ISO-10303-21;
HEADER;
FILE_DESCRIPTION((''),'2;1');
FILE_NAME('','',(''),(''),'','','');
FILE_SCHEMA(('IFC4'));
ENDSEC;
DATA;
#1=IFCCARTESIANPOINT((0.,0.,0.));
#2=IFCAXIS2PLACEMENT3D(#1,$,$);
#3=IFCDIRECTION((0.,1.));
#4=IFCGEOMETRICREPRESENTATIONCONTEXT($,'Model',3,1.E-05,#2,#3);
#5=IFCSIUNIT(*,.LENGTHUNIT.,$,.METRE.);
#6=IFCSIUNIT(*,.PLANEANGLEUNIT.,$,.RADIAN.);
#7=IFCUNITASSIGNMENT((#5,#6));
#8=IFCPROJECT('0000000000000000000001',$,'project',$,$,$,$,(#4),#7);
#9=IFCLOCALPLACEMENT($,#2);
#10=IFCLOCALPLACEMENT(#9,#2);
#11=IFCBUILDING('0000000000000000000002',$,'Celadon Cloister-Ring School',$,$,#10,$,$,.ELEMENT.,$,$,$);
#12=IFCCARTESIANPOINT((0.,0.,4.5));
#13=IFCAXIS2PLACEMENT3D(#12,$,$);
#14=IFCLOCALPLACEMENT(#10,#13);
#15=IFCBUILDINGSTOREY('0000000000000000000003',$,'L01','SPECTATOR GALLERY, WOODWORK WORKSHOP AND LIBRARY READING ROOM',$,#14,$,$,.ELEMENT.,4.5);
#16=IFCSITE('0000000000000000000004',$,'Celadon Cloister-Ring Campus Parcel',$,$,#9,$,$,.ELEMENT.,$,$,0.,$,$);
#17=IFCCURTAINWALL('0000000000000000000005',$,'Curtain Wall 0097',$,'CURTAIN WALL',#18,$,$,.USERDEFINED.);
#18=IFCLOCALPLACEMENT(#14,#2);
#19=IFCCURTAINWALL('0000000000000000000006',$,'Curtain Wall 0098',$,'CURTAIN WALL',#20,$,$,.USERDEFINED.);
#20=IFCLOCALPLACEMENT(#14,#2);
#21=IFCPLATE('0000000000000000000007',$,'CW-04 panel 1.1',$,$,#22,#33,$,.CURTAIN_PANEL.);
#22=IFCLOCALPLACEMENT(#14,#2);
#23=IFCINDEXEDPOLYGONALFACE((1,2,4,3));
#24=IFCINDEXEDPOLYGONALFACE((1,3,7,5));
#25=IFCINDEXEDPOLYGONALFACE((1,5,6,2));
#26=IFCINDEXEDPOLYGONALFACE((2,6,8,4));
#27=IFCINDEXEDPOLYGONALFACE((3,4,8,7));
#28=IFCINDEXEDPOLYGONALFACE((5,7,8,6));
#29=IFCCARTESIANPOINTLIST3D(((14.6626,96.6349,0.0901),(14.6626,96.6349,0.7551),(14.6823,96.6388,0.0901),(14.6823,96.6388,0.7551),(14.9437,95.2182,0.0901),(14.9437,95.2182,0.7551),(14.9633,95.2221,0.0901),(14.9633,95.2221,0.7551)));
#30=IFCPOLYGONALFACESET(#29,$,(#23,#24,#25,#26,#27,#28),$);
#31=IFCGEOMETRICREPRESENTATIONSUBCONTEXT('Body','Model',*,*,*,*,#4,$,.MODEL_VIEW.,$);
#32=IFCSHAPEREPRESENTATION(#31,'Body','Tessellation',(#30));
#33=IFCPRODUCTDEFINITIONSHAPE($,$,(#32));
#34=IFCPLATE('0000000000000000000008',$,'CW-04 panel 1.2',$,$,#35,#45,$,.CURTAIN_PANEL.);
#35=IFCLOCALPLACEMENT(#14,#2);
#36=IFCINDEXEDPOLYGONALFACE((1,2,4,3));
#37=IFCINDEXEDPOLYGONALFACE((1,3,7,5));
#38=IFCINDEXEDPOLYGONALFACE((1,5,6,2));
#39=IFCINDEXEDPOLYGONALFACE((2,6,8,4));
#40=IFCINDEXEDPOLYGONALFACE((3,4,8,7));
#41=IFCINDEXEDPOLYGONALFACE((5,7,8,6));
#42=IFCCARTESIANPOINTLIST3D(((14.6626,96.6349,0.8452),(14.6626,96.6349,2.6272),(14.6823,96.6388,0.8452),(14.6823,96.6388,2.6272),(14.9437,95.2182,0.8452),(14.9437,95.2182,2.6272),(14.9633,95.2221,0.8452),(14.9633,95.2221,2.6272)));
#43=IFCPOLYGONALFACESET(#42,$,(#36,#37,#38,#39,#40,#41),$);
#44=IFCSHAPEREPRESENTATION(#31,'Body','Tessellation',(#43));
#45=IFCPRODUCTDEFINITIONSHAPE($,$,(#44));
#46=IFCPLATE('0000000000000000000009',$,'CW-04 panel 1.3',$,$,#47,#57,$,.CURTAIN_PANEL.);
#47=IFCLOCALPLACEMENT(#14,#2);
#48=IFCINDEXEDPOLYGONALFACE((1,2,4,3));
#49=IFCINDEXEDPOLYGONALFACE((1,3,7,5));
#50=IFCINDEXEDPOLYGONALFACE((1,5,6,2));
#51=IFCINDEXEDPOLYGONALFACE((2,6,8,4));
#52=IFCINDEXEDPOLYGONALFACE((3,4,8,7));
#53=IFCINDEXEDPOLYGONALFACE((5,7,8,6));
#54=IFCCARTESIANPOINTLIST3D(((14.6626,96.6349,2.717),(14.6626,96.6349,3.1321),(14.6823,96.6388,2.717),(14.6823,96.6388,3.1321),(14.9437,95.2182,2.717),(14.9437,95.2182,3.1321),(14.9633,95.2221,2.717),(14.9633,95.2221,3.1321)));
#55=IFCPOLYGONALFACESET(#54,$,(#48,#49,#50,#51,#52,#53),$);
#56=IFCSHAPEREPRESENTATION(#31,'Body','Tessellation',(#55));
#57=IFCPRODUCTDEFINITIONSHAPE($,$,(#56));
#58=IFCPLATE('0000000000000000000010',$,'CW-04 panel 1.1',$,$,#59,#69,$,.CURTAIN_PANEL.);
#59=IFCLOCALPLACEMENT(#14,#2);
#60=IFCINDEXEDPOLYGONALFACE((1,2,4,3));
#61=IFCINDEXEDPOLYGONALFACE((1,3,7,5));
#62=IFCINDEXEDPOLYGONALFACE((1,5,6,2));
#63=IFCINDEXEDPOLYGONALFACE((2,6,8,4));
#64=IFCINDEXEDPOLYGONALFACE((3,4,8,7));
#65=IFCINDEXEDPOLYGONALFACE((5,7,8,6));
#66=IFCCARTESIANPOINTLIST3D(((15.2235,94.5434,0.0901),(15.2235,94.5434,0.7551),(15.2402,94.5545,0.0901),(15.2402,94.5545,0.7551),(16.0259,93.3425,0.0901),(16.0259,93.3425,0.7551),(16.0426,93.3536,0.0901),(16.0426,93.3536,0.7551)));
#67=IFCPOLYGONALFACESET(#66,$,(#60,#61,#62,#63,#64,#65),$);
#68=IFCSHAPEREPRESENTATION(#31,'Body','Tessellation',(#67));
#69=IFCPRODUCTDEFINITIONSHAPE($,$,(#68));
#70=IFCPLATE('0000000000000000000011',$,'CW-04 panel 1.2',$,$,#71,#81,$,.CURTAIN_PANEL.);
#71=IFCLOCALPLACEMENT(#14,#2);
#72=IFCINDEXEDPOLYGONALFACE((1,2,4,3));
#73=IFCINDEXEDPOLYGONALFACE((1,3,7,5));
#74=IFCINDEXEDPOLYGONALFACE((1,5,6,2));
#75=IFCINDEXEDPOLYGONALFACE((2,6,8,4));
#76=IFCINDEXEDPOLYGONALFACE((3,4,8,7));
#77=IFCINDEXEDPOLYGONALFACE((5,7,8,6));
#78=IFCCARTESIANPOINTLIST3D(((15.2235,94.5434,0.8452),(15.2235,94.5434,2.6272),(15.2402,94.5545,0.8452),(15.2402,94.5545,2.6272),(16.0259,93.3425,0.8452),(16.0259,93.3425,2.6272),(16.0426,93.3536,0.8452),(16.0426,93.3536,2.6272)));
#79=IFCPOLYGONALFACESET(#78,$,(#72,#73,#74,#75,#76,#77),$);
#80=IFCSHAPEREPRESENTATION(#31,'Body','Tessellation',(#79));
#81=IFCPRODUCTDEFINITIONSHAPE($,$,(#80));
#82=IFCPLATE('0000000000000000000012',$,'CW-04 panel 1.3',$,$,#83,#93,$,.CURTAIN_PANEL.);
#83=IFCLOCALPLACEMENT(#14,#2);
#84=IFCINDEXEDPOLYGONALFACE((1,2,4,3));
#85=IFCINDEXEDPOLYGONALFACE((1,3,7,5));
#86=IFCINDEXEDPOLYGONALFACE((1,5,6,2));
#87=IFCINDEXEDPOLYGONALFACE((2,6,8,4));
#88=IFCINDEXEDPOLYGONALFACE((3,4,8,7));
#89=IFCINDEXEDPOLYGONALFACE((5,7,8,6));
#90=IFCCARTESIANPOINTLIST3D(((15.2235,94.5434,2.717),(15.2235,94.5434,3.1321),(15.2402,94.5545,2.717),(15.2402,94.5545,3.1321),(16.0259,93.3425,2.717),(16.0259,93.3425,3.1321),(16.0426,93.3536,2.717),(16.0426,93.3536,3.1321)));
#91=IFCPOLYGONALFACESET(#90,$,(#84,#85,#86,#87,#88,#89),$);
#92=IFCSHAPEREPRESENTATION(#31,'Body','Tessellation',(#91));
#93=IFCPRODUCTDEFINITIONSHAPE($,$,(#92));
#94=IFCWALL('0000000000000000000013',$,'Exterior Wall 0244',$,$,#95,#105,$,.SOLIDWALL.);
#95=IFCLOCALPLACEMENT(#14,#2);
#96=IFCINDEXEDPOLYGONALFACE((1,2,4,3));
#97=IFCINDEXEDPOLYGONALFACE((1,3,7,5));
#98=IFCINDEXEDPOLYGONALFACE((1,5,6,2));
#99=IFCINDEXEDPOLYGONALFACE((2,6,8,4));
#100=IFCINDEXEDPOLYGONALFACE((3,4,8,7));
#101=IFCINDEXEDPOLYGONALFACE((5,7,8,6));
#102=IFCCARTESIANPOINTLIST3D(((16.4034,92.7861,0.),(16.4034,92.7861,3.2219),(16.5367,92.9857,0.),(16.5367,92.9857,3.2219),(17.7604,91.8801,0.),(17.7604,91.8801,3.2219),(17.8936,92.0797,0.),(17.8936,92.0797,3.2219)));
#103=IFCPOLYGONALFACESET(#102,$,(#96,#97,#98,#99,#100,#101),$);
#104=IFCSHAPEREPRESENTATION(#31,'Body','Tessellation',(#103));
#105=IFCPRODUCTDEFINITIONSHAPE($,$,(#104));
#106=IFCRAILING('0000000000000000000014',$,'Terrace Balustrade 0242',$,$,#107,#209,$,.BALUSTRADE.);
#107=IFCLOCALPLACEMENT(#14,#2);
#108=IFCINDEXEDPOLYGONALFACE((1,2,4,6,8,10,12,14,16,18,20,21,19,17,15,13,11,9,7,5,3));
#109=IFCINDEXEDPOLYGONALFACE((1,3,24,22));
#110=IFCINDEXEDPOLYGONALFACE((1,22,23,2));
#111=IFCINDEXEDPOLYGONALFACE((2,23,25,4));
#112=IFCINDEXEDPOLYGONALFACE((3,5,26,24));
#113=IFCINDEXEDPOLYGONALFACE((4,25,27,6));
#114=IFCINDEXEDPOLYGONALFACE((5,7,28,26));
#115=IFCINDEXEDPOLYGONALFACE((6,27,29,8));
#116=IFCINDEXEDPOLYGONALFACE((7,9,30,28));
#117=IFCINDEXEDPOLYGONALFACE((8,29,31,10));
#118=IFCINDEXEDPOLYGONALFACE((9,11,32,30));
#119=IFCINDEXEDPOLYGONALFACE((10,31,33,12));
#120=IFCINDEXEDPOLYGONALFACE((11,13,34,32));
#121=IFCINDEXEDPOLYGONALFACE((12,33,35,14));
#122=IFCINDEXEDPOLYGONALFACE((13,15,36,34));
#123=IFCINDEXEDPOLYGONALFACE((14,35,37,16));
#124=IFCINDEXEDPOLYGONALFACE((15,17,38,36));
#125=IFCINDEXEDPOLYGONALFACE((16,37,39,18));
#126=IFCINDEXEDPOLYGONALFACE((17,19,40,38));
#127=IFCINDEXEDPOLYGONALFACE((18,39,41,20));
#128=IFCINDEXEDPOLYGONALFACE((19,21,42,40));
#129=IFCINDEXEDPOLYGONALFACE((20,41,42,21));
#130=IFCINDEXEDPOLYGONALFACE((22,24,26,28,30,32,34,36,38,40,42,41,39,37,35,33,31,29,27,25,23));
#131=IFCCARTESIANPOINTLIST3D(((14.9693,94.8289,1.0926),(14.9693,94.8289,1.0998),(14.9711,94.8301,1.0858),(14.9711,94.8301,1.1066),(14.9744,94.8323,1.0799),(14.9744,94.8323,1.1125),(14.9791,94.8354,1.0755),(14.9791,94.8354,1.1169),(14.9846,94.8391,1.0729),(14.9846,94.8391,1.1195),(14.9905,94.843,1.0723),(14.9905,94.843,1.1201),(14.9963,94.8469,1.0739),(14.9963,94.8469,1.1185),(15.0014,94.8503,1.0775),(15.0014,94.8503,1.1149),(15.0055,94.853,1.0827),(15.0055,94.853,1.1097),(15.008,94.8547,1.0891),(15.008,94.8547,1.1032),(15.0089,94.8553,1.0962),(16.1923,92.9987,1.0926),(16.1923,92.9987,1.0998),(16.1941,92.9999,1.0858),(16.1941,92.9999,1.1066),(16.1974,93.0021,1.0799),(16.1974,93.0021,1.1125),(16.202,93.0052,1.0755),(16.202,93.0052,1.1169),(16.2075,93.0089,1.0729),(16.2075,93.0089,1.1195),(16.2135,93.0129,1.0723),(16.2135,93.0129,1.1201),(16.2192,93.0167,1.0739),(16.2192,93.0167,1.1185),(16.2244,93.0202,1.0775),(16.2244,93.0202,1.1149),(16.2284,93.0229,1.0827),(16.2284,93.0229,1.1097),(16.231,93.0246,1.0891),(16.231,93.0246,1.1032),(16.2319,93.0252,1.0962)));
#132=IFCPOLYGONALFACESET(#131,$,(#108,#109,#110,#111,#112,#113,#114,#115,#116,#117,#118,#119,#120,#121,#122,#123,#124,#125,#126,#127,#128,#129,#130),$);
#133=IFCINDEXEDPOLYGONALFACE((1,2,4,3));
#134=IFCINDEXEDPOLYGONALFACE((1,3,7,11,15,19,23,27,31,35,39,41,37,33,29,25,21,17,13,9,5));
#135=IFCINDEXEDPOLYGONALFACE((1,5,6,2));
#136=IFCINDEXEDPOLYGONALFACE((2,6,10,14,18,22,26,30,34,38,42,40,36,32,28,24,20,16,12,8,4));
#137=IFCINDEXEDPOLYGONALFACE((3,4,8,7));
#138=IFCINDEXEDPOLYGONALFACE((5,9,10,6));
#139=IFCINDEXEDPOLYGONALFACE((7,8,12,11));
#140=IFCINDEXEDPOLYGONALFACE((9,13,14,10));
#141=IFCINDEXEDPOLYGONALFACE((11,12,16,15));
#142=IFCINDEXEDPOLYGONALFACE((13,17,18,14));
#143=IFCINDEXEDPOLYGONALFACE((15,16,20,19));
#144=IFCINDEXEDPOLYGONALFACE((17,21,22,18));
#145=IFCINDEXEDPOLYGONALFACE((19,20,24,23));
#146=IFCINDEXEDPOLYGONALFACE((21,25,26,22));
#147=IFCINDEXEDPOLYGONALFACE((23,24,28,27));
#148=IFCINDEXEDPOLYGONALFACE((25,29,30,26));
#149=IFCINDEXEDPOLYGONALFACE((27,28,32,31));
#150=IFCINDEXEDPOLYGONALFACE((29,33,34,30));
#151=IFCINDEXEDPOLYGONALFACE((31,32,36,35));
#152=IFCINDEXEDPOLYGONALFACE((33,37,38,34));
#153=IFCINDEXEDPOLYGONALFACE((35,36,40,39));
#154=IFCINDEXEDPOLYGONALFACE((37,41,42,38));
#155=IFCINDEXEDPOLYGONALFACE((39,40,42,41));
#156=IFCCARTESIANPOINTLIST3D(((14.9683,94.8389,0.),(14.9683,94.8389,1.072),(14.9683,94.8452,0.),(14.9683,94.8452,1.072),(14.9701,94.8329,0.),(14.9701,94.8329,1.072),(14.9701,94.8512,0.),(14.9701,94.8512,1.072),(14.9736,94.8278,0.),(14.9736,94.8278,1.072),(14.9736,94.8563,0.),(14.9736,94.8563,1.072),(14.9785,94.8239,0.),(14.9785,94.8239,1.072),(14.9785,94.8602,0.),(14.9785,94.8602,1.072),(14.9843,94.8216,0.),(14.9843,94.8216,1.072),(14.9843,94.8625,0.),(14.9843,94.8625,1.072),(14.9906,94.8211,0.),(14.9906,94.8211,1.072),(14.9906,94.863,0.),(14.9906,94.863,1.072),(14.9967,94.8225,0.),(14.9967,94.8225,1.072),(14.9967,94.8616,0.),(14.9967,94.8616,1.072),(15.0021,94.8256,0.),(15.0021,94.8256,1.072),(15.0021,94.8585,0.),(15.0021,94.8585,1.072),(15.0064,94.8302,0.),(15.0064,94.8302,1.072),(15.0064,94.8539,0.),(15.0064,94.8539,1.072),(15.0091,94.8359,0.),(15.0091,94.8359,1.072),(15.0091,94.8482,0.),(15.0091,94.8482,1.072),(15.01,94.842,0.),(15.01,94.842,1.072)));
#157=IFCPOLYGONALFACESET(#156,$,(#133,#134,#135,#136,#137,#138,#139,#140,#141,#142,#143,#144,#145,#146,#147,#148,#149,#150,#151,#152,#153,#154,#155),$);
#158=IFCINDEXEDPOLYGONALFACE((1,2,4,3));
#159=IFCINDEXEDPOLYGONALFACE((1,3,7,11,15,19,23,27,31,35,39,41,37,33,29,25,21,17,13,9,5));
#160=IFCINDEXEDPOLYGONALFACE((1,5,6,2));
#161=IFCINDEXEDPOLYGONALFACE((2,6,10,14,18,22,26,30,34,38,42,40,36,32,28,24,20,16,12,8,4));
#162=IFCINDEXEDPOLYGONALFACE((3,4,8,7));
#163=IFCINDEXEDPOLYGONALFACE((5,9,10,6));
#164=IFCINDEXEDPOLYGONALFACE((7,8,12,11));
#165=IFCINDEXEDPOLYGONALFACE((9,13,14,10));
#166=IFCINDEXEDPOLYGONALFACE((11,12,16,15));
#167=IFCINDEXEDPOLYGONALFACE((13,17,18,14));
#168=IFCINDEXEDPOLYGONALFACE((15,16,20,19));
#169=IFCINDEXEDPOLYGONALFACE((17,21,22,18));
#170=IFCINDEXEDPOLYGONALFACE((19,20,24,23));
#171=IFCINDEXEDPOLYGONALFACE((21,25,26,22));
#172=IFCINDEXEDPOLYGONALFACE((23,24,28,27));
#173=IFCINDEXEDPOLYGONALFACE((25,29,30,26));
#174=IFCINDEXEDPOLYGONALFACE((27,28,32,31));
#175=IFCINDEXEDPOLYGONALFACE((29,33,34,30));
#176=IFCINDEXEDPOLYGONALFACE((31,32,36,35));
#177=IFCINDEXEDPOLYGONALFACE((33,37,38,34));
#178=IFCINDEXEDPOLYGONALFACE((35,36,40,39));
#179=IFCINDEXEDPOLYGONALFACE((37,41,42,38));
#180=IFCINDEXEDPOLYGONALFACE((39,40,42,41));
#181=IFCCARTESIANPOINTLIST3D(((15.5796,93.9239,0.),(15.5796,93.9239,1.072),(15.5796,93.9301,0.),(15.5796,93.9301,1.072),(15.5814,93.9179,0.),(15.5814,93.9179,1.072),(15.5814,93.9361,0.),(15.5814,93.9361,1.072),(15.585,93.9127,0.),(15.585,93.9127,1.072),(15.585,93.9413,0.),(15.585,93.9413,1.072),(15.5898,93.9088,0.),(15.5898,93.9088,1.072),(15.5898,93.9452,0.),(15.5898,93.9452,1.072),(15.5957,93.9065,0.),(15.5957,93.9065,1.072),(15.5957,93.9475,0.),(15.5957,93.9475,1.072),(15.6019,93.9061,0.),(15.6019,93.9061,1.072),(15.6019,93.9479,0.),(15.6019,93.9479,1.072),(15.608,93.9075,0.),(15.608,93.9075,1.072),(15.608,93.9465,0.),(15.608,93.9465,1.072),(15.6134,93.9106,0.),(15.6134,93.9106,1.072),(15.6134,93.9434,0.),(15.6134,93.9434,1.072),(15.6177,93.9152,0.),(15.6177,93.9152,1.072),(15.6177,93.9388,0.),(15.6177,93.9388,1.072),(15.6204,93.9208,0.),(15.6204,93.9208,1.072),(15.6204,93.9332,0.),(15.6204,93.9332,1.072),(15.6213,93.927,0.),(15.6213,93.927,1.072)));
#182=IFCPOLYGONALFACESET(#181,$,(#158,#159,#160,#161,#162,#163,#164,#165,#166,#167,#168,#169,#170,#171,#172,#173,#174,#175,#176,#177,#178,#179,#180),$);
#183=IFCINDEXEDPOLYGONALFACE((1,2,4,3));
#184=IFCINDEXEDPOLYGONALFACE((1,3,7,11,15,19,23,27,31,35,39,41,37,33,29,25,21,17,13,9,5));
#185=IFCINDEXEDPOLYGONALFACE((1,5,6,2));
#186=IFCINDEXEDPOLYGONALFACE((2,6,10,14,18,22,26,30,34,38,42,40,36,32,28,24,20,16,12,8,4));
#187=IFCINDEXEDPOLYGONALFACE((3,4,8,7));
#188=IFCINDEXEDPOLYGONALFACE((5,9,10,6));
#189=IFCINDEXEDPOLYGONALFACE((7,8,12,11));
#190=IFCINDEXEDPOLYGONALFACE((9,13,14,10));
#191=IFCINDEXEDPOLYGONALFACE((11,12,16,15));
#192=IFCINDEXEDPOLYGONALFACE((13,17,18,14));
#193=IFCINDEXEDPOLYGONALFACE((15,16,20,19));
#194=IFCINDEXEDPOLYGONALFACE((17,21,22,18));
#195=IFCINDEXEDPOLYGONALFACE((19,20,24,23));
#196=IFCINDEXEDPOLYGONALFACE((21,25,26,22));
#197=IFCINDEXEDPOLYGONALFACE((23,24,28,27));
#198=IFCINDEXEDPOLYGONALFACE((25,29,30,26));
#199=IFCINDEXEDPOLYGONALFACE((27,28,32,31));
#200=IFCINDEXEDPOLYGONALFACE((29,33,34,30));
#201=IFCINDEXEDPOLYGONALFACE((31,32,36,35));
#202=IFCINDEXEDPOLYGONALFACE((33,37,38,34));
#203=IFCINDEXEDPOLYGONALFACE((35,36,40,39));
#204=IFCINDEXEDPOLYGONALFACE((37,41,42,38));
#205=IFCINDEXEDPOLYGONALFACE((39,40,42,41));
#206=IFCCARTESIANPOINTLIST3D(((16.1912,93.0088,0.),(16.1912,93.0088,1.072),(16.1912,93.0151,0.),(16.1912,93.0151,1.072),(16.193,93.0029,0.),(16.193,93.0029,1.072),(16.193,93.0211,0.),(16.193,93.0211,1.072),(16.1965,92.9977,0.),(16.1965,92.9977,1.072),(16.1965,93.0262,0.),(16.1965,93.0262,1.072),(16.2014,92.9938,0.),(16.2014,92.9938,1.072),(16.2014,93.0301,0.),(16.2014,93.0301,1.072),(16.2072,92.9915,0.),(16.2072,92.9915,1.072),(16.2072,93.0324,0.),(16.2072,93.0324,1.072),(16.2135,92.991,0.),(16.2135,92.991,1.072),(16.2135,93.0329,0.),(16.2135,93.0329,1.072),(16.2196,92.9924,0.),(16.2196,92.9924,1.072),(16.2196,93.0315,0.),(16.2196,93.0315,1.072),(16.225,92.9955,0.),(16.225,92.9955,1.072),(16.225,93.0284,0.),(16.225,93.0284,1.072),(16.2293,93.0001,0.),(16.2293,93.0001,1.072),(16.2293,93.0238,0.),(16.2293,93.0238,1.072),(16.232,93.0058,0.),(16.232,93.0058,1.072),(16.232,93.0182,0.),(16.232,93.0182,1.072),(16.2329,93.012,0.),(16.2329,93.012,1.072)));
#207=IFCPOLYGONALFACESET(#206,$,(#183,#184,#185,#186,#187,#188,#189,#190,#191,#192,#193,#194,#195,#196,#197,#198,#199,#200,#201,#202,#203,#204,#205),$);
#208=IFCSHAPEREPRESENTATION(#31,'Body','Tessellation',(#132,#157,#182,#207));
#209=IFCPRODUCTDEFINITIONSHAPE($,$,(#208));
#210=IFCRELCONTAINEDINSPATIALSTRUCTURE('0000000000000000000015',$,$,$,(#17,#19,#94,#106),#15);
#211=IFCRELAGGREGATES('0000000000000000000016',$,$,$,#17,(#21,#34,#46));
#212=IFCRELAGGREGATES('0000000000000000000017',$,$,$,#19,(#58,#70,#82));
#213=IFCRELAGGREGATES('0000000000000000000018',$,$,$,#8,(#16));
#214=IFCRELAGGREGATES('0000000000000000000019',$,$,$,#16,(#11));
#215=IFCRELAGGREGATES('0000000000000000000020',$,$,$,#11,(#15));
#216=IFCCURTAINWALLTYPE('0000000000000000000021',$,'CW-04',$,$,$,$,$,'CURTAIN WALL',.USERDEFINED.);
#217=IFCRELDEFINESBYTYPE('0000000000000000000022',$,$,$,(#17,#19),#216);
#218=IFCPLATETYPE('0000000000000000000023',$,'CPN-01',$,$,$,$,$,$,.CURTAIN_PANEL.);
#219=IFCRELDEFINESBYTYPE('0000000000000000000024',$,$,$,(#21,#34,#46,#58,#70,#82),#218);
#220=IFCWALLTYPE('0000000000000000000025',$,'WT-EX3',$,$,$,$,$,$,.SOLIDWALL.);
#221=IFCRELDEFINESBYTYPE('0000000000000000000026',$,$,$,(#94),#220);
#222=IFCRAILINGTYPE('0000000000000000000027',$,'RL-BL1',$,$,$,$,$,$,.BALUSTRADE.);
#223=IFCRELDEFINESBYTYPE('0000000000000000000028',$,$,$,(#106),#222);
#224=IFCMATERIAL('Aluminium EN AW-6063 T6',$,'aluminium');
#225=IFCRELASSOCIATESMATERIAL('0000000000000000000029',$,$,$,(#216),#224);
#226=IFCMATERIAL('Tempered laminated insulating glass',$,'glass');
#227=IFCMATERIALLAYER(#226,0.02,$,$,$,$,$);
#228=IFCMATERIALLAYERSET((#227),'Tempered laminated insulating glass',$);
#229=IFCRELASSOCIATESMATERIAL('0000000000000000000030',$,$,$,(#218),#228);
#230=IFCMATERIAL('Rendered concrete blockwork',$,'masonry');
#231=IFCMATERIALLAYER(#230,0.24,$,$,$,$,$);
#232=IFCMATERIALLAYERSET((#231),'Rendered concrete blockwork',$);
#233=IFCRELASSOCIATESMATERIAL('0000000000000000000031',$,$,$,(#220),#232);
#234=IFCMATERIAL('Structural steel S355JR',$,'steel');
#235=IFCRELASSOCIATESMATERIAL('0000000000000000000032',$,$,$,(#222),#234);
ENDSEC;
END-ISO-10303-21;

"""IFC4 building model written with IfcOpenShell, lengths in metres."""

from ifc_helpers import new_model, si_unit, direction, frame, frame_2d, origin, origin_2d, place, context, subcontext, project, spatial, rectangle, circle, extrude, material, layer, layer_set, type_object, element, aggregate, save


model = new_model("IFC4")

# Units and contexts
model_context = context("Model", 3, precision=1e-05, world=origin(), true_north=direction((0.0, 1.0)))
body_context = subcontext(model_context, "Body", "Model", "MODEL_VIEW")
ifc_project = project(units=[si_unit("LENGTHUNIT", "METRE"), si_unit("PLANEANGLEUNIT", "RADIAN")], contexts=[model_context])

# Site, building, storey
site_placement = place(None, origin())
site = spatial("IfcSite", under=ifc_project, at=site_placement, Name="Celadon Cloister-Ring Campus Parcel", CompositionType="ELEMENT", RefElevation=0.0)
building_placement = place(site_placement, origin())
building = spatial("IfcBuilding", under=site, at=building_placement, Name="Celadon Cloister-Ring School", CompositionType="ELEMENT")
storey_placement = place(building_placement, frame((0.0, 0.0, 4.5)))
storey = spatial("IfcBuildingStorey", under=building, at=storey_placement, Name="L01", Description="SPECTATOR GALLERY, WOODWORK WORKSHOP AND LIBRARY READING ROOM", CompositionType="ELEMENT", Elevation=4.5)

# Curtain wall
ifc_material_1 = material(Name="Aluminium EN AW-6063 T6", Category="aluminium")
curtain_wall_type = type_object("IfcCurtainWallType", Name="CW-04", ElementType="CURTAIN WALL", PredefinedType="USERDEFINED", material=ifc_material_1)
curtain_wall_1_placement = place(storey_placement, origin())
curtain_wall_1 = element("IfcCurtainWall", 1, at=curtain_wall_1_placement, inside=storey, type_object=curtain_wall_type, Name="Curtain Wall 0097", ObjectType="CURTAIN WALL", PredefinedType="USERDEFINED")

# Curtain wall
curtain_wall_2_placement = place(storey_placement, origin())
curtain_wall_2 = element("IfcCurtainWall", 2, at=curtain_wall_2_placement, inside=storey, type_object=curtain_wall_type, Name="Curtain Wall 0098", ObjectType="CURTAIN WALL", PredefinedType="USERDEFINED")

# Plates
ifc_material_2 = material(Name="Tempered laminated insulating glass", Category="glass")
ifc_layer_1 = layer(ifc_material_2, 0.02)
ifc_layer_set_1 = layer_set([ifc_layer_1], Name="Tempered laminated insulating glass")
plate_type = type_object("IfcPlateType", Name="CPN-01", PredefinedType="CURTAIN_PANEL", material=ifc_layer_set_1)
plate_1_placement = place(storey_placement, frame((14.813, 95.9285, 0.0901), z_axis=(0.0, 0.0, 1.0), x_axis=(0.194586, -0.980885, 0.0)))
plate_1 = element("IfcPlate", 3, at=plate_1_placement, type_object=plate_type, Name="CW-04 panel 1.1", PredefinedType="CURTAIN_PANEL", context=body_context, shape_type="SweptSolid", body=[
    extrude(rectangle(XDim=1.4443, YDim=0.02, at=origin_2d()), origin(), (0.0, 0.0, 1.0), 0.665),
])
plate_2_placement = place(storey_placement, frame((14.813, 95.9285, 0.8452), z_axis=(0.0, 0.0, 1.0), x_axis=(0.194586, -0.980885, 0.0)))
plate_2 = element("IfcPlate", 4, at=plate_2_placement, type_object=plate_type, Name="CW-04 panel 1.2", PredefinedType="CURTAIN_PANEL", context=body_context, shape_type="SweptSolid", body=[
    extrude(rectangle(XDim=1.4443, YDim=0.02, at=origin_2d()), origin(), (0.0, 0.0, 1.0), 1.782),
])
plate_3_placement = place(storey_placement, frame((14.813, 95.9285, 2.717), z_axis=(0.0, 0.0, 1.0), x_axis=(0.194586, -0.980885, 0.0)))
plate_3 = element("IfcPlate", 5, at=plate_3_placement, type_object=plate_type, Name="CW-04 panel 1.3", PredefinedType="CURTAIN_PANEL", context=body_context, shape_type="SweptSolid", body=[
    extrude(rectangle(XDim=1.4443, YDim=0.02, at=origin_2d()), origin(), (0.0, 0.0, 1.0), 0.415),
])
aggregate(curtain_wall_1, [plate_1, plate_2, plate_3])
plate_4_placement = place(storey_placement, frame((15.6331, 93.9485, 0.0901), z_axis=(0.0, 0.0, 1.0), x_axis=(0.555547, -0.831485, 0.0)))
plate_4 = element("IfcPlate", 6, at=plate_4_placement, type_object=plate_type, Name="CW-04 panel 1.1", PredefinedType="CURTAIN_PANEL", context=body_context, shape_type="SweptSolid", body=[
    extrude(rectangle(XDim=1.4443, YDim=0.02, at=origin_2d()), origin(), (0.0, 0.0, 1.0), 0.665),
])
plate_5_placement = place(storey_placement, frame((15.6331, 93.9485, 0.8452), z_axis=(0.0, 0.0, 1.0), x_axis=(0.555547, -0.831485, 0.0)))
plate_5 = element("IfcPlate", 7, at=plate_5_placement, type_object=plate_type, Name="CW-04 panel 1.2", PredefinedType="CURTAIN_PANEL", context=body_context, shape_type="SweptSolid", body=[
    extrude(rectangle(XDim=1.4443, YDim=0.02, at=origin_2d()), origin(), (0.0, 0.0, 1.0), 1.782),
])
plate_6_placement = place(storey_placement, frame((15.6331, 93.9485, 2.717), z_axis=(0.0, 0.0, 1.0), x_axis=(0.555547, -0.831485, 0.0)))
plate_6 = element("IfcPlate", 8, at=plate_6_placement, type_object=plate_type, Name="CW-04 panel 1.3", PredefinedType="CURTAIN_PANEL", context=body_context, shape_type="SweptSolid", body=[
    extrude(rectangle(XDim=1.4443, YDim=0.02, at=origin_2d()), origin(), (0.0, 0.0, 1.0), 0.415),
])
aggregate(curtain_wall_2, [plate_4, plate_5, plate_6])

# Wall
ifc_material_3 = material(Name="Rendered concrete blockwork", Category="masonry")
ifc_layer_2 = layer(ifc_material_3, 0.24)
ifc_layer_set_2 = layer_set([ifc_layer_2], Name="Rendered concrete blockwork")
wall_type = type_object("IfcWallType", Name="WT-EX3", PredefinedType="SOLIDWALL", material=ifc_layer_set_2)
wall_placement = place(storey_placement, frame((16.47, 92.886, 0.0), z_axis=(0.0, 0.0, 1.0), x_axis=(0.831659, -0.555287, 0.0)))
element("IfcWall", 9, at=wall_placement, inside=storey, type_object=wall_type, Name="Exterior Wall 0244", PredefinedType="SOLIDWALL", context=body_context, shape_type="SweptSolid", body=[
    extrude(rectangle(XDim=1.6316, YDim=0.24, at=frame_2d((0.8159, 0.0))), origin(), (0.0, 0.0, 1.0), 3.2219),
])

# Railing
ifc_material_4 = material(Name="Structural steel S355JR", Category="steel")
railing_type = type_object("IfcRailingType", Name="RL-BL1", PredefinedType="BALUSTRADE", material=ifc_material_4)
railing_1_placement = place(storey_placement, frame((14.989, 94.842, 0.0)))
element("IfcRailing", 10, at=railing_1_placement, inside=storey, type_object=railing_type, Name="Terrace Balustrade 0242", PredefinedType="BALUSTRADE", context=body_context, shape_type="SweptSolid", body=[
    extrude(circle(Radius=0.0239, at=origin_2d()), frame((0.0, 0.0, 1.0962), z_axis=(0.555596, -0.831453, 0.0), x_axis=(0.831453, 0.555596, 0.0)), (0.0, 0.0, 1.0), 2.2012),
    extrude(circle(Radius=0.021, at=origin_2d()), origin(), (0.0, 0.0, 1.0), 1.072),
    extrude(circle(Radius=0.021, at=origin_2d()), frame((0.6113, -0.915, 0.0)), (0.0, 0.0, 1.0), 1.072),
    extrude(circle(Radius=0.021, at=origin_2d()), frame((1.2229, -1.8301, 0.0)), (0.0, 0.0, 1.0), 1.072),
])

save(model, "model.ifc")
